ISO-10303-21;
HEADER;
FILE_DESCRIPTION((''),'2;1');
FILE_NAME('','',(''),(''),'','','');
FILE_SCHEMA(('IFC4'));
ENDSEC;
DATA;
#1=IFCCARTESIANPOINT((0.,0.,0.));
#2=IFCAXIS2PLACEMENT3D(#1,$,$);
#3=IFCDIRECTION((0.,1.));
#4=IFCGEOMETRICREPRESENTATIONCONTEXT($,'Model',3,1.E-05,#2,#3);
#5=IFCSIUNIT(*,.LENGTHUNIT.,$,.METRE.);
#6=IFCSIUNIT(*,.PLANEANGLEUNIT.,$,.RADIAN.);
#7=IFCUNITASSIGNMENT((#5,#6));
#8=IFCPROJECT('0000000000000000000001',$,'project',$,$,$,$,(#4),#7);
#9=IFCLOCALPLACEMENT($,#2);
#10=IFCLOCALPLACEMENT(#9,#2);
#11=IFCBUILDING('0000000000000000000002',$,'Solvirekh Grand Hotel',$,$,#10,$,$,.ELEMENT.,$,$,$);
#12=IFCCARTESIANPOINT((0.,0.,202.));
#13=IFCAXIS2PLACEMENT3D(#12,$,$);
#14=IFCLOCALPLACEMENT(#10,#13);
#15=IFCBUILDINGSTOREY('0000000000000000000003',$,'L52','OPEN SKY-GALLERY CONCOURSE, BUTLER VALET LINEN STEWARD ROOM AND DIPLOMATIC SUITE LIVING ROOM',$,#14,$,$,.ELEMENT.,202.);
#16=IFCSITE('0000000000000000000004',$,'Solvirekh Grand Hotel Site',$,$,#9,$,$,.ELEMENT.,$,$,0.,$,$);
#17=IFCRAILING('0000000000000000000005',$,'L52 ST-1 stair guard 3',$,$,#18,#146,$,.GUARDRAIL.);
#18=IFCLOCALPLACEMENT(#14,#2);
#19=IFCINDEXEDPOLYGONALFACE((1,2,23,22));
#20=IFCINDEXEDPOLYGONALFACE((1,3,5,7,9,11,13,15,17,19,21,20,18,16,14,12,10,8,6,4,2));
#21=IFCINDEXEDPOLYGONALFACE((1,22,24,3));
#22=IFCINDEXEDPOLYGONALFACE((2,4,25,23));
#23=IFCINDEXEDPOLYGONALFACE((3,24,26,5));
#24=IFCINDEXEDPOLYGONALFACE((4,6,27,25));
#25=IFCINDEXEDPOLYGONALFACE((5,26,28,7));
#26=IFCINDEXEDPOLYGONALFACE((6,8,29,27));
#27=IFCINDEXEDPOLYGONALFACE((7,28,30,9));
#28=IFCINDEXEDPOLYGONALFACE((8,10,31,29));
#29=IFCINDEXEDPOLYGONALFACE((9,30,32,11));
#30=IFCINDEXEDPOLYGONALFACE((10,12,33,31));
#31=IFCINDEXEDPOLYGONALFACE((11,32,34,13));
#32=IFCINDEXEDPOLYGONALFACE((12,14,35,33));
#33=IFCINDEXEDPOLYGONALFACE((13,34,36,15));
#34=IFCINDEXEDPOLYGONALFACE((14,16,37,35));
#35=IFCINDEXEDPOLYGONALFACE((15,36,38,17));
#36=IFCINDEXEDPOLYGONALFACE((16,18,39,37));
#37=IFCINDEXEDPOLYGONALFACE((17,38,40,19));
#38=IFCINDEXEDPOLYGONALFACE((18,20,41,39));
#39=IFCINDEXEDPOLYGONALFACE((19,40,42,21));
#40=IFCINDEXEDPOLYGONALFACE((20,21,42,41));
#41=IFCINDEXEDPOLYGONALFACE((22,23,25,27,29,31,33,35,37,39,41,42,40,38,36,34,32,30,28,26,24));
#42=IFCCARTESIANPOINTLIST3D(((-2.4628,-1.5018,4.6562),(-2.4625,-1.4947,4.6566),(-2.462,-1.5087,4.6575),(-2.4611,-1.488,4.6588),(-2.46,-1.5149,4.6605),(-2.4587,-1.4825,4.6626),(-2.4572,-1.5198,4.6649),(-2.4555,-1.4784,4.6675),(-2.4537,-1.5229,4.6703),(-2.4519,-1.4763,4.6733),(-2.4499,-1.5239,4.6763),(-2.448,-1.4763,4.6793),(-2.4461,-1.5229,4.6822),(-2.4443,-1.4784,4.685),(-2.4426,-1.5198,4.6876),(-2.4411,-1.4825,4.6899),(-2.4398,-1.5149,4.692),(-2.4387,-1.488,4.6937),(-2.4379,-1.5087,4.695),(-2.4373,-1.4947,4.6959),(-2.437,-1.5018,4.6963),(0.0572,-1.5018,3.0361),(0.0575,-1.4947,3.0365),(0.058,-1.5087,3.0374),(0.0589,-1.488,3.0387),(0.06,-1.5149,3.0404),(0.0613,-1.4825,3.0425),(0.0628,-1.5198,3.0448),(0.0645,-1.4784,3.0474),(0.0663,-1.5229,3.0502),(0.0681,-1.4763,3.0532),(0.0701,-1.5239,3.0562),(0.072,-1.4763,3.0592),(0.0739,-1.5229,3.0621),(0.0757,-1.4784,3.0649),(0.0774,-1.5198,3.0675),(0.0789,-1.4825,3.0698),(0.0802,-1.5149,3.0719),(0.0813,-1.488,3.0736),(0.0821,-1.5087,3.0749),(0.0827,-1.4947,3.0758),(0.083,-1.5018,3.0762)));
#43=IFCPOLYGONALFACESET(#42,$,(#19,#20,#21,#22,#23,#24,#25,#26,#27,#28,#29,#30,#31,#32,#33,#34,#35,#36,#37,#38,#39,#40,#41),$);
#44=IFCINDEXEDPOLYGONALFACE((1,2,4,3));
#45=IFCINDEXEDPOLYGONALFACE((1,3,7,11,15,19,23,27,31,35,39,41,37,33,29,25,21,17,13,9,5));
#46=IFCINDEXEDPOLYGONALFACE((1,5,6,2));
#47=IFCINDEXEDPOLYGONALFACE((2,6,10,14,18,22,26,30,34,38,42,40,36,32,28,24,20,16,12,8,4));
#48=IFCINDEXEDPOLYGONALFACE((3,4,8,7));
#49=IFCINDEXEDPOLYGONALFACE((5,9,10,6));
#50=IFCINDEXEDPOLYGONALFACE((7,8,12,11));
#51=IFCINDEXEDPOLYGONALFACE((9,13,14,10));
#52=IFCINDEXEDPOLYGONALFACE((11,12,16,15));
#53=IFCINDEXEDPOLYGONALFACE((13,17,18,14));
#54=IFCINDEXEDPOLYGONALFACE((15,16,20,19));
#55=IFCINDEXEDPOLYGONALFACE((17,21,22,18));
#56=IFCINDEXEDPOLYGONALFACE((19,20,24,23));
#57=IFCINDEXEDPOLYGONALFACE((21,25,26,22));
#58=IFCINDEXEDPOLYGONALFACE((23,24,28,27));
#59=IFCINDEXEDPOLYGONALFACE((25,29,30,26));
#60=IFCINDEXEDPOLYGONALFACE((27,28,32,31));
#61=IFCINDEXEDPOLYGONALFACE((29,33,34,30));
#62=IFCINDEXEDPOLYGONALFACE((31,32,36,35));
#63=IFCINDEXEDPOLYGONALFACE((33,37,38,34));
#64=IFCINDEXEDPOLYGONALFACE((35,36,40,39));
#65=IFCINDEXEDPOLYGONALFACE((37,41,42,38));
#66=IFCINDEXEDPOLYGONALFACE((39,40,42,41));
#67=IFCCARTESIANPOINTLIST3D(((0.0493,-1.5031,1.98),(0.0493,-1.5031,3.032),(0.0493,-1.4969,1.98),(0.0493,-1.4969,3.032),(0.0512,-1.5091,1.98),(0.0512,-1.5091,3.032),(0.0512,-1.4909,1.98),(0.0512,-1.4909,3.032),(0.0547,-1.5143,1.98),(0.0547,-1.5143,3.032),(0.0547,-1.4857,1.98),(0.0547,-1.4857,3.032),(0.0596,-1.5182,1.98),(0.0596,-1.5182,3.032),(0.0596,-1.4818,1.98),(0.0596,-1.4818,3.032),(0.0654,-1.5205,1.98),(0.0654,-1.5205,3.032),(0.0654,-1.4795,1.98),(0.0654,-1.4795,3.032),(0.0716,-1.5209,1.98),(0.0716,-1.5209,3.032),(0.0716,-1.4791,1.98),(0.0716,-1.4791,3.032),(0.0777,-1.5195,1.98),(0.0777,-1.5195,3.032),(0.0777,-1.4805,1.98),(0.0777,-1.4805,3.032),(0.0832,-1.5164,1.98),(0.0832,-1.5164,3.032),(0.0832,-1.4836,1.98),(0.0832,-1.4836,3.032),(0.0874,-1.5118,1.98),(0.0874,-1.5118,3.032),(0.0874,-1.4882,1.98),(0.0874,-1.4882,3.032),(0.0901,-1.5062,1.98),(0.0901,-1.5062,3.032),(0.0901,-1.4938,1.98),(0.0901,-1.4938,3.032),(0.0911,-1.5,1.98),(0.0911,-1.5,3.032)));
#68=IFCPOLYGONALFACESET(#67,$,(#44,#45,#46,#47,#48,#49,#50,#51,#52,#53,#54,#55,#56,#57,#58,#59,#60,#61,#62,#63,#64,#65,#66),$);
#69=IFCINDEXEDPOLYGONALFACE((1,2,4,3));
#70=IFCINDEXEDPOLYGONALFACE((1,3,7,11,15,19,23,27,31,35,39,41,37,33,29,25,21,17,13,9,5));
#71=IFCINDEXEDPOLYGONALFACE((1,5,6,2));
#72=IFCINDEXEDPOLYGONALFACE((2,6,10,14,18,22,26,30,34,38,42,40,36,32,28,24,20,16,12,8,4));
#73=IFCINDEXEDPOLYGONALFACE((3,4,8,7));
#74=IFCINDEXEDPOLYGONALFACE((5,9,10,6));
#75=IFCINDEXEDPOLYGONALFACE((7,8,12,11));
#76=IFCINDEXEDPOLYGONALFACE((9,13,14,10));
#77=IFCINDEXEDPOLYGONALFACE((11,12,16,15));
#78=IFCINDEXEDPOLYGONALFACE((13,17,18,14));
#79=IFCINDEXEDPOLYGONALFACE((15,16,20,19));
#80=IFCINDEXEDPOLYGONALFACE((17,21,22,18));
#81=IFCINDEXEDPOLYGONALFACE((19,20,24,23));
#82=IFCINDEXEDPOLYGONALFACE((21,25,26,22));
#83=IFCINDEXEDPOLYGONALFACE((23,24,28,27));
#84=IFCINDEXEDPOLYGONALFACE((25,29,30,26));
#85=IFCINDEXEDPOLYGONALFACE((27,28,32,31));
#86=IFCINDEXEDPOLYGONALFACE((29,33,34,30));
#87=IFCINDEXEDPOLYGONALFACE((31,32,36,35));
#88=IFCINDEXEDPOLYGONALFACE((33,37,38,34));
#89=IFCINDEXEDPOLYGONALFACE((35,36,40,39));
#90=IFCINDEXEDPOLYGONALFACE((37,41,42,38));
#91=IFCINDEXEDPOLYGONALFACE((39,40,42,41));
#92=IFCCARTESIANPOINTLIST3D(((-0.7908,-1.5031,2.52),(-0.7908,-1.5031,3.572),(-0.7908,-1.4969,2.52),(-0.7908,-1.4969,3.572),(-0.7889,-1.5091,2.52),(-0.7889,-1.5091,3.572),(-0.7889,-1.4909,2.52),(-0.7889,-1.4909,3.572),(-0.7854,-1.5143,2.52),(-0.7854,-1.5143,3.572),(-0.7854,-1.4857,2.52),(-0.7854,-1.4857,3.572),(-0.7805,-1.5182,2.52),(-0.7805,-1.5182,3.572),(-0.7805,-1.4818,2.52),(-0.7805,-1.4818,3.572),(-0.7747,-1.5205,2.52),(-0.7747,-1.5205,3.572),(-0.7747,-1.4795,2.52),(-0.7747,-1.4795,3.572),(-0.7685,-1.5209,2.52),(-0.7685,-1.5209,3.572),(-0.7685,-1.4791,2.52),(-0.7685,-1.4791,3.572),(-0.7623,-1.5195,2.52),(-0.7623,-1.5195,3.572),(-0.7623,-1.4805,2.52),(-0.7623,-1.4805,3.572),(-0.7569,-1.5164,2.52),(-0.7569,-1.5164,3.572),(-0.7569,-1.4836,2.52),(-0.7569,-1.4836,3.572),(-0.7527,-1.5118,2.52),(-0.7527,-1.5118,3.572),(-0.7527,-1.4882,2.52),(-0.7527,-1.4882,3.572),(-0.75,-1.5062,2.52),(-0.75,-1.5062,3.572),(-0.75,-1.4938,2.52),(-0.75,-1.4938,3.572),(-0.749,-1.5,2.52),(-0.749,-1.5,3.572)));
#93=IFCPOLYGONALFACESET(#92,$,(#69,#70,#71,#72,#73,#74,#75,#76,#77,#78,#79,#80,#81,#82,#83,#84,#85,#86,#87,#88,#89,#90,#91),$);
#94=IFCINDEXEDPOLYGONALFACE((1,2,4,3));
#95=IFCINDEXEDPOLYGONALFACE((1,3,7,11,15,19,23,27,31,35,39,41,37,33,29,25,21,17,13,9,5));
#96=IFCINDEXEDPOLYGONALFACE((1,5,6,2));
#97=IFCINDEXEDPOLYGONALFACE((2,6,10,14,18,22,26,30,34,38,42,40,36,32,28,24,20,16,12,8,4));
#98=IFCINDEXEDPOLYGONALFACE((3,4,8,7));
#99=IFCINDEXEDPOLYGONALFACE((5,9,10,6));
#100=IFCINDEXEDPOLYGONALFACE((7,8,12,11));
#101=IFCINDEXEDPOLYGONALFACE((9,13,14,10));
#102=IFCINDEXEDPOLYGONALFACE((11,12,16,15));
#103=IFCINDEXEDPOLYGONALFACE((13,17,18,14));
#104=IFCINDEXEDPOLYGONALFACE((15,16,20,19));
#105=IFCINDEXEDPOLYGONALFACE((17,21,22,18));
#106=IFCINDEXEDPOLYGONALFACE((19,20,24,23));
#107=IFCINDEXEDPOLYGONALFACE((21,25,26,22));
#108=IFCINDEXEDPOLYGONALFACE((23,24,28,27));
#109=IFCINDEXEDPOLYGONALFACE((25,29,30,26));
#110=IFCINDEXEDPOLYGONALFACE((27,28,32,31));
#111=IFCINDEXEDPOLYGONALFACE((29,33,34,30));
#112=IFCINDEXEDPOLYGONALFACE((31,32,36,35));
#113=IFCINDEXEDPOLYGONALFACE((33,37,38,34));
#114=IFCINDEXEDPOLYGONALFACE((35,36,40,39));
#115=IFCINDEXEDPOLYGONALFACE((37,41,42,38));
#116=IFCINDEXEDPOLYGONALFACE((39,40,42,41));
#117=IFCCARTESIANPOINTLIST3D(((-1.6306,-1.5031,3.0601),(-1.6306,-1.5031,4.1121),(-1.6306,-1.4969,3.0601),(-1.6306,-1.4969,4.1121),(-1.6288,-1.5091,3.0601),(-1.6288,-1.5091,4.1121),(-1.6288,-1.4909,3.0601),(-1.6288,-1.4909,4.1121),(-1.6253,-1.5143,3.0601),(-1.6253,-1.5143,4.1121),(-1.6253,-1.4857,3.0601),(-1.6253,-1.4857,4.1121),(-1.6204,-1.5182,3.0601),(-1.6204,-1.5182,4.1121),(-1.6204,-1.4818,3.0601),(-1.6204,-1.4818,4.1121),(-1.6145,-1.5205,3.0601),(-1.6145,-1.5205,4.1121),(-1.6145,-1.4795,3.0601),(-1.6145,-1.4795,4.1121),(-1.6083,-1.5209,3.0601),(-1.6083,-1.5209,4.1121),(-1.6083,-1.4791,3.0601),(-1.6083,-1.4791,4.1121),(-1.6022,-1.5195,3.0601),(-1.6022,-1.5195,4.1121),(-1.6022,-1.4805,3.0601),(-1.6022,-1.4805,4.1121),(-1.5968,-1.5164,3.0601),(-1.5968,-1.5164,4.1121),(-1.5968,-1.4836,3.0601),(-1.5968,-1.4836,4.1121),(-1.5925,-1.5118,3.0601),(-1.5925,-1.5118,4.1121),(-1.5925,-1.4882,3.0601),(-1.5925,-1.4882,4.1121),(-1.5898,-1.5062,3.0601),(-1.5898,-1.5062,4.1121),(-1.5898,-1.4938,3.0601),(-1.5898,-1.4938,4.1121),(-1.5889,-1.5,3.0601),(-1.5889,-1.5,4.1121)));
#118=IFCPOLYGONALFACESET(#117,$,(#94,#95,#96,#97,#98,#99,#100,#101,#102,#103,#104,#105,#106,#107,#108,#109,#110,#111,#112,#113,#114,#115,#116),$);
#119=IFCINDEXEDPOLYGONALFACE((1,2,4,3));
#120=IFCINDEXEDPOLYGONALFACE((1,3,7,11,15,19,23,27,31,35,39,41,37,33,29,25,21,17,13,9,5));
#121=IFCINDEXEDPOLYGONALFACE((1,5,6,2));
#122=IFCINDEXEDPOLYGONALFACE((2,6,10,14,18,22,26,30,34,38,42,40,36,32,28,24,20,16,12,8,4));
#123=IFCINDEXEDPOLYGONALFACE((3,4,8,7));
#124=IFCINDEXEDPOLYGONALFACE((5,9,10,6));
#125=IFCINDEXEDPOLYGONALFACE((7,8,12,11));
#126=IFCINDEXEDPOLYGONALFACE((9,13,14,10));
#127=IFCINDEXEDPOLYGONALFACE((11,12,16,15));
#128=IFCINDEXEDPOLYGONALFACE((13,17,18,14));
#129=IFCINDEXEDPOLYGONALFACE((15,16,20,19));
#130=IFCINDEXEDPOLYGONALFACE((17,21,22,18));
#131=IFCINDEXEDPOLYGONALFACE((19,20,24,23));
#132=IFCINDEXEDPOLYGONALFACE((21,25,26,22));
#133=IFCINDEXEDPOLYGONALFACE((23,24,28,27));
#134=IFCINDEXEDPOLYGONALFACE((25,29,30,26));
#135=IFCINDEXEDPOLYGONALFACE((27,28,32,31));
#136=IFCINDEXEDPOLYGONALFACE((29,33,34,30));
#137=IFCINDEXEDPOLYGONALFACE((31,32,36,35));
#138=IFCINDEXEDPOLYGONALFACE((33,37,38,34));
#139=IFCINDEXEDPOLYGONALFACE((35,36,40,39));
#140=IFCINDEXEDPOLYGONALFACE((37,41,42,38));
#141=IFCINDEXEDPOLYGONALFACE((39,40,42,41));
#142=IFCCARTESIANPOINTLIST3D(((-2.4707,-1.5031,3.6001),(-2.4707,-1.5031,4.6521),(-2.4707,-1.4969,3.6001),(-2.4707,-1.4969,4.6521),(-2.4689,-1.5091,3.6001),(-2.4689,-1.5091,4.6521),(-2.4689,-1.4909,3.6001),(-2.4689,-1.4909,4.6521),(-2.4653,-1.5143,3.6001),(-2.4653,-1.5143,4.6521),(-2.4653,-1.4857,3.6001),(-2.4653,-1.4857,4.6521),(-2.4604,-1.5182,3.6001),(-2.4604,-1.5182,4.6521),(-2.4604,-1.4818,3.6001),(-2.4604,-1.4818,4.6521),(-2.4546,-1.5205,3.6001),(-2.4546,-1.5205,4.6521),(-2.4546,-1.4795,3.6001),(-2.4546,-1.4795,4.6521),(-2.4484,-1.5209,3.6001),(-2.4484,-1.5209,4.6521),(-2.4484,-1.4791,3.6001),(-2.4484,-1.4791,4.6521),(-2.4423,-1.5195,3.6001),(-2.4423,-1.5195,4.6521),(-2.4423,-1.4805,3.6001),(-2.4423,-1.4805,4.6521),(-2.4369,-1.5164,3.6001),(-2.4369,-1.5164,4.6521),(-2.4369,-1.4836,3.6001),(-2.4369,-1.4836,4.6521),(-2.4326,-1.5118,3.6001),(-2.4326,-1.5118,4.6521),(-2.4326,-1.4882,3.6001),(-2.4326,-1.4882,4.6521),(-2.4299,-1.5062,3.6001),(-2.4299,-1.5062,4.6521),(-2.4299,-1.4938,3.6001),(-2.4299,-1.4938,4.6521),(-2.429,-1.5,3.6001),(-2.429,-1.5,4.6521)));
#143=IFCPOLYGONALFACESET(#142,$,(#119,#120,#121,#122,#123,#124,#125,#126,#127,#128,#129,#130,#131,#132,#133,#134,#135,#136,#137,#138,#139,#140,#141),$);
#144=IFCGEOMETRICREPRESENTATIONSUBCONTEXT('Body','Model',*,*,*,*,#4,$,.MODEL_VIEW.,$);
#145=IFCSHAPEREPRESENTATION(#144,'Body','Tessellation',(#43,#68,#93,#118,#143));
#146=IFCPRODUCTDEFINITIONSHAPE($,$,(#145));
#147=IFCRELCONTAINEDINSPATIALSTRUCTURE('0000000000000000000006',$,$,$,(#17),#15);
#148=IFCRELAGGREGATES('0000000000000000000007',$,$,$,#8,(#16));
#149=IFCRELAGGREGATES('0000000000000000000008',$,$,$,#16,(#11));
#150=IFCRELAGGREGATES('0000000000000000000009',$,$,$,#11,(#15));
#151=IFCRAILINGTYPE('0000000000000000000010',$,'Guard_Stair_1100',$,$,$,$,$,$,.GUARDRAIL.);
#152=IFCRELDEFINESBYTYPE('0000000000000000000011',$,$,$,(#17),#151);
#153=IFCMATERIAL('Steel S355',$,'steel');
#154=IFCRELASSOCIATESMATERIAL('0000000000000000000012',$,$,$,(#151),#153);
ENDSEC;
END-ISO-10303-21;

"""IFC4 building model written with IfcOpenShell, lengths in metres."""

from ifc_helpers import new_model, si_unit, direction, frame, origin, origin_2d, place, context, subcontext, project, spatial, circle, extrude, material, type_object, element, save


model = new_model("IFC4")

# Units and contexts
model_context = context("Model", 3, precision=1e-05, world=origin(), true_north=direction((0.0, 1.0)))
body_context = subcontext(model_context, "Body", "Model", "MODEL_VIEW")
ifc_project = project(units=[si_unit("LENGTHUNIT", "METRE"), si_unit("PLANEANGLEUNIT", "RADIAN")], contexts=[model_context])

# Site, building, storey
site_placement = place(None, origin())
site = spatial("IfcSite", under=ifc_project, at=site_placement, Name="Solvirekh Grand Hotel Site", CompositionType="ELEMENT", RefElevation=0.0)
building_placement = place(site_placement, origin())
building = spatial("IfcBuilding", under=site, at=building_placement, Name="Solvirekh Grand Hotel", CompositionType="ELEMENT")
storey_placement = place(building_placement, frame((0.0, 0.0, 202.0)))
storey = spatial("IfcBuildingStorey", under=building, at=storey_placement, Name="L52", Description="OPEN SKY-GALLERY CONCOURSE, BUTLER VALET LINEN STEWARD ROOM AND DIPLOMATIC SUITE LIVING ROOM", CompositionType="ELEMENT", Elevation=202.0)

# Shared definitions
ifc_material_1 = material(Name="Steel S355", Category="steel")

# Railing
railing_type_1 = type_object("IfcRailingType", Name="Guard_Stair_1100", PredefinedType="GUARDRAIL", material=ifc_material_1)
railing_1_placement = place(storey_placement, frame((0.0701, -1.5, 1.98)))
element("IfcRailing", 1, at=railing_1_placement, inside=storey, type_object=railing_type_1, Name="L52 ST-1 stair guard 3", PredefinedType="GUARDRAIL", context=body_context, shape_type="SweptSolid", body=[
    extrude(circle(Radius=0.0239, at=origin_2d()), frame((0.0, 0.0, 1.0762), z_axis=(-0.841163, 0.0, 0.540782), x_axis=(0.0, -1.0, 0.0)), (0.0, 0.0, 1.0), 2.9958),
    extrude(circle(Radius=0.021, at=origin_2d()), origin(), (0.0, 0.0, 1.0), 1.052),
    extrude(circle(Radius=0.021, at=origin_2d()), frame((-0.8401, 0.0, 0.54)), (0.0, 0.0, 1.0), 1.052),
    extrude(circle(Radius=0.021, at=origin_2d()), frame((-1.6799, 0.0, 1.0801)), (0.0, 0.0, 1.0), 1.052),
    extrude(circle(Radius=0.021, at=origin_2d()), frame((-2.52, 0.0, 1.6201)), (0.0, 0.0, 1.0), 1.052),
])

save(model, "model.ifc")
